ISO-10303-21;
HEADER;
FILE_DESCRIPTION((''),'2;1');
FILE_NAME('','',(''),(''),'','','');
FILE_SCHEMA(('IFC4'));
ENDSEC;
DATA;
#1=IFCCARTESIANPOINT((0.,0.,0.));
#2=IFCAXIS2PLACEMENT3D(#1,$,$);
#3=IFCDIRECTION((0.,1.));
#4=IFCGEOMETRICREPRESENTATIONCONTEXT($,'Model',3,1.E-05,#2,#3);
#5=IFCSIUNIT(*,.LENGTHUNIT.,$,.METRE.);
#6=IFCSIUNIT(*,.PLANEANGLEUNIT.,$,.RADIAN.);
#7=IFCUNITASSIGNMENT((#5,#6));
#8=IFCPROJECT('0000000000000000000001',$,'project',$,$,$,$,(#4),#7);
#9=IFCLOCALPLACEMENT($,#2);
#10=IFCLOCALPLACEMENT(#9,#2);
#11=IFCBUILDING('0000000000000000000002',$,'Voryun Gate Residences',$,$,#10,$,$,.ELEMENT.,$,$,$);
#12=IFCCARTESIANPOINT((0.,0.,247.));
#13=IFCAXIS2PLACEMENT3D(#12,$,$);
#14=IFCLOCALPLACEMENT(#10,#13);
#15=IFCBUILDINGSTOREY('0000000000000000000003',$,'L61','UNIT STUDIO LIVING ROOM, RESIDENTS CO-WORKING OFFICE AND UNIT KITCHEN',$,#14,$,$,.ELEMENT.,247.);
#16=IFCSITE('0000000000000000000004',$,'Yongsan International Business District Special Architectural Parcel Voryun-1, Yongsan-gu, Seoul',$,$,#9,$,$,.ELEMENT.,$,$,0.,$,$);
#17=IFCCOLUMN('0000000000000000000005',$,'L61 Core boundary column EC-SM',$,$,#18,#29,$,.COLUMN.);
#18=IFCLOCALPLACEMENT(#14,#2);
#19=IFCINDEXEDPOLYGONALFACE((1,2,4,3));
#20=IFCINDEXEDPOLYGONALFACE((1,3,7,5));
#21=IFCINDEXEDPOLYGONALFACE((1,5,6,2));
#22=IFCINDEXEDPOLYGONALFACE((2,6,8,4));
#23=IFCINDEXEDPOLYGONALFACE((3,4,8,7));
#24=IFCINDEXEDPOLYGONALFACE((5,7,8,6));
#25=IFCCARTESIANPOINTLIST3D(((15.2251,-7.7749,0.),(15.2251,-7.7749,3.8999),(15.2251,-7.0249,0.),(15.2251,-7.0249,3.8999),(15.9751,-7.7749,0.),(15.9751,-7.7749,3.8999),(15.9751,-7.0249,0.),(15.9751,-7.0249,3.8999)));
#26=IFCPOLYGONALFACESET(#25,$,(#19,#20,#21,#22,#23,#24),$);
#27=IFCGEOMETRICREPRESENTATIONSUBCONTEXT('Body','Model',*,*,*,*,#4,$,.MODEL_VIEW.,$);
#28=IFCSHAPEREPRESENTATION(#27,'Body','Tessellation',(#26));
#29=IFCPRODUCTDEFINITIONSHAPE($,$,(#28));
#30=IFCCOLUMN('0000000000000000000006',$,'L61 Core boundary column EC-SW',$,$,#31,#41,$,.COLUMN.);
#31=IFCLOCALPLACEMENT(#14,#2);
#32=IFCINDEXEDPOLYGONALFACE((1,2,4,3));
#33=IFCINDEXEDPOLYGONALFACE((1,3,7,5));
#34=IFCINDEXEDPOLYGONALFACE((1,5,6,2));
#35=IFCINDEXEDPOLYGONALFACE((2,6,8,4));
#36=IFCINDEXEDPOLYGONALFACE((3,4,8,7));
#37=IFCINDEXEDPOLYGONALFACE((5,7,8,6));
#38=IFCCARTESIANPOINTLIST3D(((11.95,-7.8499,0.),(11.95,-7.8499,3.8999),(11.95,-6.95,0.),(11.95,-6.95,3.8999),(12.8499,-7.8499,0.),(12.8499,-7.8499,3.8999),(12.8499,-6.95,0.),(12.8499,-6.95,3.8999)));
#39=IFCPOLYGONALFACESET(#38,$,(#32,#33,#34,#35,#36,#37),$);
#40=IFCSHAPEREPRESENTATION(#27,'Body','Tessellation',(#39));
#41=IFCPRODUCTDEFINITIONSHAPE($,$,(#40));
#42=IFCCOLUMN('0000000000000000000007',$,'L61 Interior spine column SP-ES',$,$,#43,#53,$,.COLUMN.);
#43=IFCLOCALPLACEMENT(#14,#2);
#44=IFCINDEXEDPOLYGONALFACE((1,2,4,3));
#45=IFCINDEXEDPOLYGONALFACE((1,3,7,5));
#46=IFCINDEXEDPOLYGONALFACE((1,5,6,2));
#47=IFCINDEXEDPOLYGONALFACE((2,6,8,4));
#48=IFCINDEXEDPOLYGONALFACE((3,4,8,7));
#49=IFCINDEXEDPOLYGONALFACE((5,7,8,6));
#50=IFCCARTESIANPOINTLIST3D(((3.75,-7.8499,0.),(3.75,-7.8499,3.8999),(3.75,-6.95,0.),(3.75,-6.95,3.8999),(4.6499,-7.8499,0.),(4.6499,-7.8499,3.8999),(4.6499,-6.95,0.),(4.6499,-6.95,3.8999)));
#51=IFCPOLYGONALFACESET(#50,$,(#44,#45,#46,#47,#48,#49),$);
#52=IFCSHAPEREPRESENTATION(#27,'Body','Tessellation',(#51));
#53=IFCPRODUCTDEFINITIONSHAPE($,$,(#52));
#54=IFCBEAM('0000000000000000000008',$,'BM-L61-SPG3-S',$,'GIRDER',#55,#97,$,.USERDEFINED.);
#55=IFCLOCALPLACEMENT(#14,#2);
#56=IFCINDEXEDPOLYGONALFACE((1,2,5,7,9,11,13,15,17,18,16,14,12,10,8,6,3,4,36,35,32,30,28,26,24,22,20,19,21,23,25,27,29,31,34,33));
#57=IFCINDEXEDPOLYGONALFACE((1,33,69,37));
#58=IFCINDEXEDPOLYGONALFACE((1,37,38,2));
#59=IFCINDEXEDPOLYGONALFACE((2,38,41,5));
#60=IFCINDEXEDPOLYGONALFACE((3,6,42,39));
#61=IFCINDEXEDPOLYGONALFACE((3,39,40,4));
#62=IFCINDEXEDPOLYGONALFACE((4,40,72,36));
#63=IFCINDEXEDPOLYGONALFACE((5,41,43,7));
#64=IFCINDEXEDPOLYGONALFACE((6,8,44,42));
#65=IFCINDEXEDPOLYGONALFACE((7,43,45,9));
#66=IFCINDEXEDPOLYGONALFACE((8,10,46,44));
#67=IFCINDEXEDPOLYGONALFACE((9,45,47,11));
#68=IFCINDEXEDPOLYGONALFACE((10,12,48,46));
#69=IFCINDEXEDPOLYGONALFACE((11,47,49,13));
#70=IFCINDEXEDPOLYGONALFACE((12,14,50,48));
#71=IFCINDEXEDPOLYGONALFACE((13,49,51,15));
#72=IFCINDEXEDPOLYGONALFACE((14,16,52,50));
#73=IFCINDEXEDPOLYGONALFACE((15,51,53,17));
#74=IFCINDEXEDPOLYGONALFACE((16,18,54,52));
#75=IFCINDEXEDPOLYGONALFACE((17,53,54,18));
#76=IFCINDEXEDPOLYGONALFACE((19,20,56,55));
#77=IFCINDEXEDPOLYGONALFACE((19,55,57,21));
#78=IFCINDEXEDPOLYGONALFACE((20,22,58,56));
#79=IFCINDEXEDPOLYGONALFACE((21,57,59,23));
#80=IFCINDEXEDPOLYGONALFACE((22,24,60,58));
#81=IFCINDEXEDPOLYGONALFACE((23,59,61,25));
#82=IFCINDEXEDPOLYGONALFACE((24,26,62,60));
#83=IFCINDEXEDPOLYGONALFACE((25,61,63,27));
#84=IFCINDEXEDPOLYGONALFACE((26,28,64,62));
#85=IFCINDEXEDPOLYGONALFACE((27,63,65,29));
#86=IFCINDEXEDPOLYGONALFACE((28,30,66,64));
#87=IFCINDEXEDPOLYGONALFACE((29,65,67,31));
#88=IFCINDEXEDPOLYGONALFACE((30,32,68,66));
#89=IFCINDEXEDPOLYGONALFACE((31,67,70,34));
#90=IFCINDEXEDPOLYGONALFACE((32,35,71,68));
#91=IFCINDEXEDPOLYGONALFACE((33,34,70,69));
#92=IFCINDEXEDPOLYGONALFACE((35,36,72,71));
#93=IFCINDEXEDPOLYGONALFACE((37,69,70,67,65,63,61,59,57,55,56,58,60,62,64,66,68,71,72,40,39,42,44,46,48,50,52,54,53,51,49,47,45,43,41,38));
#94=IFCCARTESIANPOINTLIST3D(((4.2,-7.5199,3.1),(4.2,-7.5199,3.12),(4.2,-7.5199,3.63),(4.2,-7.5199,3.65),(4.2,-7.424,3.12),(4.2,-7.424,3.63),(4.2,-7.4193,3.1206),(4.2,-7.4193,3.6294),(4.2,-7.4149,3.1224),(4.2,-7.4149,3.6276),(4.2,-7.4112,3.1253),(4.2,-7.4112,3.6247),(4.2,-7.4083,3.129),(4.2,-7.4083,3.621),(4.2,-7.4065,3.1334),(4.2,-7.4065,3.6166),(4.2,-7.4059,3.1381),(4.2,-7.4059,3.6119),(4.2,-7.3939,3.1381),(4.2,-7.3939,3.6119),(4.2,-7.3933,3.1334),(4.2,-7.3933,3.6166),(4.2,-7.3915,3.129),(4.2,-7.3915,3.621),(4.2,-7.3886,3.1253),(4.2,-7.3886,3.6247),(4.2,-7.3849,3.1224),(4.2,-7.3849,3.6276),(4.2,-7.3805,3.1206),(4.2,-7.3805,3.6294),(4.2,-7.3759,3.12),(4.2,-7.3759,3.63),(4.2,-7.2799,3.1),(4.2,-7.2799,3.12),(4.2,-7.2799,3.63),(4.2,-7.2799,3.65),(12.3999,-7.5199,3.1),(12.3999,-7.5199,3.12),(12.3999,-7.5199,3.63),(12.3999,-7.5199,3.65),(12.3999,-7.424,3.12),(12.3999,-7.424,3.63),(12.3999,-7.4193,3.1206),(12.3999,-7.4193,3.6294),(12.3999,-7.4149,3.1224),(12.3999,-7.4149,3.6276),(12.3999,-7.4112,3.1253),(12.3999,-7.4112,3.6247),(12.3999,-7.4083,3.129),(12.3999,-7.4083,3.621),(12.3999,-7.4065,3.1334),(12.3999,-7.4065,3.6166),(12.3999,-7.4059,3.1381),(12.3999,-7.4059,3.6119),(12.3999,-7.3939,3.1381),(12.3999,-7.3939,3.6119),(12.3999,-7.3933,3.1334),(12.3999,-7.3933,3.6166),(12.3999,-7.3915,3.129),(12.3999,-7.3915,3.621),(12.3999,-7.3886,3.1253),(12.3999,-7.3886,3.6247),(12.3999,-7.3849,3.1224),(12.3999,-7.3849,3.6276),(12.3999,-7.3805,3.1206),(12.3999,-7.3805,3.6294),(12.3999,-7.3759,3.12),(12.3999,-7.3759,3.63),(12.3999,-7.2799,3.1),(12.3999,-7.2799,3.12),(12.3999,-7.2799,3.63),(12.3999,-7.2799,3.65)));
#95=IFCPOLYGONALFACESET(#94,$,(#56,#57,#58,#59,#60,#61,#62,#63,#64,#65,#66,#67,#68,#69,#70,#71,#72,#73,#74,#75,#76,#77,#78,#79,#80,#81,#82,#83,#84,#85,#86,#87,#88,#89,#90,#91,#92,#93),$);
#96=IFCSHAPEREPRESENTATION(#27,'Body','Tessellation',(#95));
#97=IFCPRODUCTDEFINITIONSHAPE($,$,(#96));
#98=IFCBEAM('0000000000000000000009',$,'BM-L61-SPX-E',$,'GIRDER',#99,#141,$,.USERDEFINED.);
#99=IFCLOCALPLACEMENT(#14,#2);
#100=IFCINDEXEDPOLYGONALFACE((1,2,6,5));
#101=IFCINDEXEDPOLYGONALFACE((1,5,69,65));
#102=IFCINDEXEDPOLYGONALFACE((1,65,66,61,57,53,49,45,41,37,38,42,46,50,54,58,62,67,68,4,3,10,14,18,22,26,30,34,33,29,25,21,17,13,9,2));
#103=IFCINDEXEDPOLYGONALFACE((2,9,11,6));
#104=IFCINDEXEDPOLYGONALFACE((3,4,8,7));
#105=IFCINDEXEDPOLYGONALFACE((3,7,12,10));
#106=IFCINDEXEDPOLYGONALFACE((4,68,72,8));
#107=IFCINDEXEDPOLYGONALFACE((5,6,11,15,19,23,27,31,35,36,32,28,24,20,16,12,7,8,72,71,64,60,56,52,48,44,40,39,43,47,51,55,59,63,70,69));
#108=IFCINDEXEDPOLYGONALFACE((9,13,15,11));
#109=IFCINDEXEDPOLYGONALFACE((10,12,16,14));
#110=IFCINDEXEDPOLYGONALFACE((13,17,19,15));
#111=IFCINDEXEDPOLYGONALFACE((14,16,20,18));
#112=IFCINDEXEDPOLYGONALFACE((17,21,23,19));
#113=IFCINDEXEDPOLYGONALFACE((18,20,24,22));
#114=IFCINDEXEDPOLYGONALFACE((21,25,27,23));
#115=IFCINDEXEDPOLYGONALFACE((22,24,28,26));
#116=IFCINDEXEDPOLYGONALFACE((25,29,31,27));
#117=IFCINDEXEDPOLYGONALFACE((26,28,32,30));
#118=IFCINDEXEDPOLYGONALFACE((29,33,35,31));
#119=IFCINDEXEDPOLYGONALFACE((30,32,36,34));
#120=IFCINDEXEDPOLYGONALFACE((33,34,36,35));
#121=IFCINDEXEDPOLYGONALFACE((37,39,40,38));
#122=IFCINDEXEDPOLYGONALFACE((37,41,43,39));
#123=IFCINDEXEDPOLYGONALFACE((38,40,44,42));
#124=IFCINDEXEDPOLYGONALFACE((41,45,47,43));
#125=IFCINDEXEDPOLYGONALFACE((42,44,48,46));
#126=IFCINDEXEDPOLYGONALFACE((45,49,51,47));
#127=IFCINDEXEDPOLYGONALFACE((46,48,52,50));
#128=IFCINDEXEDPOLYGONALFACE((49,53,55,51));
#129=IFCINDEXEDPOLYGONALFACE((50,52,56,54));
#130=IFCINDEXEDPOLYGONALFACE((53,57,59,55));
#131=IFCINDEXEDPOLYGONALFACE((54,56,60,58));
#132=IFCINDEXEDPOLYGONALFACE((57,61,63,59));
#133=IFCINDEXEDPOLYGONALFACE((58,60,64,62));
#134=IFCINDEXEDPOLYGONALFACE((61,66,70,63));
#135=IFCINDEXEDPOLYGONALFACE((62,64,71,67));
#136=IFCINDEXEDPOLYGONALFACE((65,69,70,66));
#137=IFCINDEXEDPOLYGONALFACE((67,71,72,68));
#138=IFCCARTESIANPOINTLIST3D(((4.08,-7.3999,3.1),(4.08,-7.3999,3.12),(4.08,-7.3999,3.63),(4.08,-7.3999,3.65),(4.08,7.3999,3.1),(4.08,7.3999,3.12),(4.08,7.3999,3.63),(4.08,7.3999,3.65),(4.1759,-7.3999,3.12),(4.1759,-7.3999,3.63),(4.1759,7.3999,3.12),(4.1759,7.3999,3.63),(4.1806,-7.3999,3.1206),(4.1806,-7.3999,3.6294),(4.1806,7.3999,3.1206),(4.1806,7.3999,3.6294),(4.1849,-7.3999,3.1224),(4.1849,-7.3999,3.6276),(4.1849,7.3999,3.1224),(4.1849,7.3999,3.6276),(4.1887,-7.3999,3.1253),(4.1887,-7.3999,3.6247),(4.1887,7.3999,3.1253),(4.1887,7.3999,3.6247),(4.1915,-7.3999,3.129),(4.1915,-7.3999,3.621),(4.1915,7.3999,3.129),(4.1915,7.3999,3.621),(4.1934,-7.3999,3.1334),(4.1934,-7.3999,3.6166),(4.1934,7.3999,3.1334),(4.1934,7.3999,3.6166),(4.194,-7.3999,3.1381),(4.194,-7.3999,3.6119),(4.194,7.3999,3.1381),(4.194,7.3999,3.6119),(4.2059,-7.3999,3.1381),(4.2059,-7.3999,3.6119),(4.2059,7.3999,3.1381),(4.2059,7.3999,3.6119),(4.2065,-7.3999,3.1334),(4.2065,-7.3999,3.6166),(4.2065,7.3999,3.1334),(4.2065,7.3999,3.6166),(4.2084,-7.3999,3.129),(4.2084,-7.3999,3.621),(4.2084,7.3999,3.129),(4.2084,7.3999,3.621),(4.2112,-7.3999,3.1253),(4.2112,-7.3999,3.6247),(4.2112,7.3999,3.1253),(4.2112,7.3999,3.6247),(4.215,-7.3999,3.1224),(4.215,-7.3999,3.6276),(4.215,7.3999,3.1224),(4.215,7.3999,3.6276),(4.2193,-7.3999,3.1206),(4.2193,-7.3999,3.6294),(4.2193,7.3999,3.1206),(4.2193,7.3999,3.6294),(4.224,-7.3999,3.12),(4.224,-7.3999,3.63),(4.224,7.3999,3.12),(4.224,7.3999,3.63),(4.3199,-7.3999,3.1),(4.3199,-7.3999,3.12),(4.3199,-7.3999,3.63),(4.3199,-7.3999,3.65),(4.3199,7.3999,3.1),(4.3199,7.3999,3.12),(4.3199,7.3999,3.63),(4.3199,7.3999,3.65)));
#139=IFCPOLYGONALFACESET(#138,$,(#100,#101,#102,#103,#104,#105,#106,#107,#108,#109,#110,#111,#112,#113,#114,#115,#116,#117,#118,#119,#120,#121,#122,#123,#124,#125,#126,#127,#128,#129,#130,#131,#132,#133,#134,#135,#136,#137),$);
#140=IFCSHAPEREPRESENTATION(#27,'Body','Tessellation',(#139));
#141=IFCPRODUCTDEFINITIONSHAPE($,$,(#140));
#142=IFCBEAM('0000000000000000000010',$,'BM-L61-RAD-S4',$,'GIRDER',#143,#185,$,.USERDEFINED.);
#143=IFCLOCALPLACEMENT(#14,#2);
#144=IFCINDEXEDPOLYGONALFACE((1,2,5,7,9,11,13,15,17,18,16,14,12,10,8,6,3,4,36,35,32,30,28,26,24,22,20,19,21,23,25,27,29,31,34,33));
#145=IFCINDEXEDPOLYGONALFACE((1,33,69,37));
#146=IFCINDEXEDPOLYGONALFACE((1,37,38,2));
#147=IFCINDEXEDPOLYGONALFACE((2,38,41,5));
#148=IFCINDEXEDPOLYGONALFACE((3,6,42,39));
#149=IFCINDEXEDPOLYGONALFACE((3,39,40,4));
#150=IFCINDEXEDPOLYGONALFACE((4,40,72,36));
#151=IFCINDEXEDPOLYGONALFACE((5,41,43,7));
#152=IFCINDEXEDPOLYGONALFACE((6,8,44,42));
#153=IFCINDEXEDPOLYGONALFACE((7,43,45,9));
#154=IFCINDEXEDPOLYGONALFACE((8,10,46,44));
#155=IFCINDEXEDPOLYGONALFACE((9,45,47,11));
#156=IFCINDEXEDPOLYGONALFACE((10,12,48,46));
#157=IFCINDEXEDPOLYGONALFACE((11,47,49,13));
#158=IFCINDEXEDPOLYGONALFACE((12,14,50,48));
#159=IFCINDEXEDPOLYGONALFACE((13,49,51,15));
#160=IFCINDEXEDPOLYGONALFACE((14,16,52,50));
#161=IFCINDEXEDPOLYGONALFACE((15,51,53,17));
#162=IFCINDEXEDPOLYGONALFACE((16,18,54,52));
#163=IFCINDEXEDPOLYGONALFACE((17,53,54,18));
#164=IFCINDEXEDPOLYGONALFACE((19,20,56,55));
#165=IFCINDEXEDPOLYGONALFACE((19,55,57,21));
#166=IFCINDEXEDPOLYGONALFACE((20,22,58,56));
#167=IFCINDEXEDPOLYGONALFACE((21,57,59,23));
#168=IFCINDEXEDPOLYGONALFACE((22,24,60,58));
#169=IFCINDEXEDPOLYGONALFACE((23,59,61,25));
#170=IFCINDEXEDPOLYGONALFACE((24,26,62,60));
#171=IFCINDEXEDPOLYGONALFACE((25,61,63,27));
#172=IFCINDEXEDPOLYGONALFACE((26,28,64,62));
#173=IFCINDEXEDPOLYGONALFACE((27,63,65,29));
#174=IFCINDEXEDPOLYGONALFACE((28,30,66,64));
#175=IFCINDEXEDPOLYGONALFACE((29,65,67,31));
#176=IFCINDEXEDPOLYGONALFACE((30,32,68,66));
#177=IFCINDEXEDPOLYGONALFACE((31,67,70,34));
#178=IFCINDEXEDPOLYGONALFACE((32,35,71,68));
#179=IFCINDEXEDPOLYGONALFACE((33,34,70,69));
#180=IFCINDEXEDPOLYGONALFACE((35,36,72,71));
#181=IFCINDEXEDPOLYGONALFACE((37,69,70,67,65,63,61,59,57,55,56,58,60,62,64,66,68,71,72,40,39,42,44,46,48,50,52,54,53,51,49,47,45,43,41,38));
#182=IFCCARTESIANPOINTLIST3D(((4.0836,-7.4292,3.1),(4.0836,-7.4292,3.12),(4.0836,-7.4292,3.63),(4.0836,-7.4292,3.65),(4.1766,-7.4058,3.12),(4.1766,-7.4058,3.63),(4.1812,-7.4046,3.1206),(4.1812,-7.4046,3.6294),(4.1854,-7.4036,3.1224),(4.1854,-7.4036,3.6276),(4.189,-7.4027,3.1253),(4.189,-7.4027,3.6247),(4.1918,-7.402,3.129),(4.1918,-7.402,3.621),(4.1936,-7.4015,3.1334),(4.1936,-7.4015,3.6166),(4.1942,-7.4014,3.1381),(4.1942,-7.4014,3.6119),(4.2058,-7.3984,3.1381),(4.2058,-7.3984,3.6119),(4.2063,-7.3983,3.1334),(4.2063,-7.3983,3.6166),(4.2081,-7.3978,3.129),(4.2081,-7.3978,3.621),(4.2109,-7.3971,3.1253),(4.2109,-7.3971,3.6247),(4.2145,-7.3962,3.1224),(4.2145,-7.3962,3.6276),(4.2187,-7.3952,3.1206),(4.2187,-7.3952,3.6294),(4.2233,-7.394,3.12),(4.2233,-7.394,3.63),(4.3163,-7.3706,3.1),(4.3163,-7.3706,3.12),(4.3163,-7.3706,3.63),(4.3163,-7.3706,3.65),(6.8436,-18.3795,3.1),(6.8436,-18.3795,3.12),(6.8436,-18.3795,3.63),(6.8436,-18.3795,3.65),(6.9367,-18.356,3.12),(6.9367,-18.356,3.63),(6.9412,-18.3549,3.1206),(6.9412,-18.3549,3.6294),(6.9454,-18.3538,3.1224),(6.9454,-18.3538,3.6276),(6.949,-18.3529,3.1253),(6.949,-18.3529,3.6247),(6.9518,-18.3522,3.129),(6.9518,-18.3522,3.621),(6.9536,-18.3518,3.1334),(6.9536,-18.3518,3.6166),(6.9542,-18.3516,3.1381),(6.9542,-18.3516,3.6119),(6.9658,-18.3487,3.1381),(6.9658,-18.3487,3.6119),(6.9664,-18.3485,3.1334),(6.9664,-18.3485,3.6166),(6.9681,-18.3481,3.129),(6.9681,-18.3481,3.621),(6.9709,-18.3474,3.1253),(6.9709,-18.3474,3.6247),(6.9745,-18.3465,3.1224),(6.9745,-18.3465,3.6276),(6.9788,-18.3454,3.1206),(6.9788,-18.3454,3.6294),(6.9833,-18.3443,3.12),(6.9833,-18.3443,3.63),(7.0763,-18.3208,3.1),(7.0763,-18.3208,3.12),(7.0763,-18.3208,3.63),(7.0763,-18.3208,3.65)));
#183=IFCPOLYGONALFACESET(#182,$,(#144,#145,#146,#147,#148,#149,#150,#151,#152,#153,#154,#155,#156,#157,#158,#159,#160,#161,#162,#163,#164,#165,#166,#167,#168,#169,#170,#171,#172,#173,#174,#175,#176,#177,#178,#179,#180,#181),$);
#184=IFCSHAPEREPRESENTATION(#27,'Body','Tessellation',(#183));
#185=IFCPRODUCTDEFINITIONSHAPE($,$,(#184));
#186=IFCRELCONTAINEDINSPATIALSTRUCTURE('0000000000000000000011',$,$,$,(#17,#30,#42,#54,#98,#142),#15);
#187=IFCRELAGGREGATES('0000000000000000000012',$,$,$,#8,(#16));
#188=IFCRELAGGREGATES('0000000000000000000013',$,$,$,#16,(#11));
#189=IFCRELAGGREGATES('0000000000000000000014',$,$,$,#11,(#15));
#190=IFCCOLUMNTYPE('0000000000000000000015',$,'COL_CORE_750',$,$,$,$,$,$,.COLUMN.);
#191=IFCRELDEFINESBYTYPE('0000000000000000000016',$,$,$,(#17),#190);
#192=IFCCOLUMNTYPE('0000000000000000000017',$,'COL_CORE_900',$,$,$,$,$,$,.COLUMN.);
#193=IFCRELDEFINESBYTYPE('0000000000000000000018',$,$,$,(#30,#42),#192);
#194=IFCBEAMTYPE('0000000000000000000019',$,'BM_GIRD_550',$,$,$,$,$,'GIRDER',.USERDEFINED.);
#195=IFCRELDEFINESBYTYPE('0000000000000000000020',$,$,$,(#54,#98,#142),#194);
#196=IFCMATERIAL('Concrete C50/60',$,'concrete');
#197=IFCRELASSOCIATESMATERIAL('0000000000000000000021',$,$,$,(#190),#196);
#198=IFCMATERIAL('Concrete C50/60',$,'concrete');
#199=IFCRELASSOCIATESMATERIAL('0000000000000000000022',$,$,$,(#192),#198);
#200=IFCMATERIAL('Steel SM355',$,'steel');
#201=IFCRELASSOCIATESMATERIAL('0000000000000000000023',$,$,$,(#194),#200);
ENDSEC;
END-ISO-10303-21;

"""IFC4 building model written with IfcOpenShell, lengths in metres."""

from ifc_helpers import new_model, si_unit, direction, frame, origin, origin_2d, place, context, subcontext, project, spatial, rectangle, i_section, extrude, material, material_profile, profile_set, type_object, element, save


model = new_model("IFC4")

# Units and contexts
model_context = context("Model", 3, precision=1e-05, world=origin(), true_north=direction((0.0, 1.0)))
body_context = subcontext(model_context, "Body", "Model", "MODEL_VIEW")
ifc_project = project(units=[si_unit("LENGTHUNIT", "METRE"), si_unit("PLANEANGLEUNIT", "RADIAN")], contexts=[model_context])

# Site, building, storey
site_placement = place(None, origin())
site = spatial("IfcSite", under=ifc_project, at=site_placement, Name="Yongsan International Business District Special Architectural Parcel Voryun-1, Yongsan-gu, Seoul", CompositionType="ELEMENT", RefElevation=0.0)
building_placement = place(site_placement, origin())
building = spatial("IfcBuilding", under=site, at=building_placement, Name="Voryun Gate Residences", CompositionType="ELEMENT")
storey_placement = place(building_placement, frame((0.0, 0.0, 247.0)))
storey = spatial("IfcBuildingStorey", under=building, at=storey_placement, Name="L61", Description="UNIT STUDIO LIVING ROOM, RESIDENTS CO-WORKING OFFICE AND UNIT KITCHEN", CompositionType="ELEMENT", Elevation=247.0)

# Columns
ifc_material_1 = material(Name="Concrete C50/60", Category="concrete")
ifc_material_profile_1 = material_profile(ifc_material_1, rectangle(XDim=0.75, YDim=0.75, at=origin_2d()), Name="RC-750x750")
ifc_profile_set_1 = profile_set([ifc_material_profile_1], Name="Concrete C50/60")
column_type_1 = type_object("IfcColumnType", Name="COL_CORE_750", PredefinedType="COLUMN", material=ifc_profile_set_1)
column_placement = place(storey_placement, frame((15.6001, -7.3999, 0.0), z_axis=(0.0, 0.0, 1.0), x_axis=(1.0, 0.0, 0.0)))
element("IfcColumn", 1, at=column_placement, inside=storey, type_object=column_type_1, Name="L61 Core boundary column EC-SM", PredefinedType="COLUMN", context=body_context, shape_type="SweptSolid", body=[
    extrude(rectangle(XDim=0.75, YDim=0.75, at=origin_2d()), origin(), (0.0, 0.0, 1.0), 3.8999),
])
ifc_material_2 = material(Name="Concrete C50/60", Category="concrete")
ifc_material_profile_2 = material_profile(ifc_material_2, rectangle(XDim=0.8999, YDim=0.8999, at=origin_2d()), Name="RC-900x900")
ifc_profile_set_2 = profile_set([ifc_material_profile_2], Name="Concrete C50/60")
column_type_2 = type_object("IfcColumnType", Name="COL_CORE_900", PredefinedType="COLUMN", material=ifc_profile_set_2)
for number, where, z_axis, x_axis, name in (
    (2, (12.3999, -7.3999, 0.0), (0.0, 0.0, 1.0), (1.0, 0.0, 0.0), "L61 Core boundary column EC-SW"),
    (3, (4.2, -7.3999, 0.0), (0.0, 0.0, 1.0), (1.0, 0.0, 0.0), "L61 Interior spine column SP-ES"),
):
    element("IfcColumn", number, at=place(storey_placement, frame(where, z_axis=z_axis, x_axis=x_axis)), inside=storey, type_object=column_type_2, Name=name, PredefinedType="COLUMN", context=body_context, shape_type="SweptSolid", body=[
        extrude(rectangle(XDim=0.8999, YDim=0.8999, at=origin_2d()), origin(), (0.0, 0.0, 1.0), 3.8999),
    ])

# Beams
ifc_material_3 = material(Name="Steel SM355", Category="steel")
ifc_material_profile_3 = material_profile(ifc_material_3, i_section(OverallWidth=0.24, OverallDepth=0.55, WebThickness=0.012, FlangeThickness=0.02, FilletRadius=0.0181, at=origin_2d()), Name="H-550x240x12x20")
ifc_profile_set_3 = profile_set([ifc_material_profile_3], Name="Steel SM355")
beam_type_1 = type_object("IfcBeamType", Name="BM_GIRD_550", ElementType="GIRDER", PredefinedType="USERDEFINED", material=ifc_profile_set_3)
beam_1_placement = place(storey_placement, frame((4.2, -7.3999, 3.375), z_axis=(1.0, 0.0, 0.0), x_axis=(0.0, 1.0, 0.0)))
element("IfcBeam", 4, at=beam_1_placement, inside=storey, type_object=beam_type_1, Name="BM-L61-SPG3-S", ObjectType="GIRDER", PredefinedType="USERDEFINED", context=body_context, shape_type="SweptSolid", body=[
    extrude(i_section(OverallWidth=0.24, OverallDepth=0.55, WebThickness=0.012, FlangeThickness=0.02, FilletRadius=0.0181, at=origin_2d()), origin(), (0.0, 0.0, 1.0), 8.2),
])
beam_2_placement = place(storey_placement, frame((4.2, -7.3999, 3.375), z_axis=(0.0, 1.0, 0.0), x_axis=(-1.0, 0.0, 0.0)))
element("IfcBeam", 5, at=beam_2_placement, inside=storey, type_object=beam_type_1, Name="BM-L61-SPX-E", ObjectType="GIRDER", PredefinedType="USERDEFINED", context=body_context, shape_type="SweptSolid", body=[
    extrude(i_section(OverallWidth=0.24, OverallDepth=0.55, WebThickness=0.012, FlangeThickness=0.02, FilletRadius=0.0181, at=origin_2d()), origin(), (0.0, 0.0, 1.0), 14.7998),
])
beam_3_placement = place(storey_placement, frame((4.2, -7.3999, 3.375), z_axis=(0.244407, -0.969673, 0.0), x_axis=(0.969673, 0.244407, 0.0)))
element("IfcBeam", 6, at=beam_3_placement, inside=storey, type_object=beam_type_1, Name="BM-L61-RAD-S4", ObjectType="GIRDER", PredefinedType="USERDEFINED", context=body_context, shape_type="SweptSolid", body=[
    extrude(i_section(OverallWidth=0.24, OverallDepth=0.55, WebThickness=0.012, FlangeThickness=0.02, FilletRadius=0.0181, at=origin_2d()), origin(), (0.0, 0.0, 1.0), 11.2927),
])

save(model, "model.ifc")
